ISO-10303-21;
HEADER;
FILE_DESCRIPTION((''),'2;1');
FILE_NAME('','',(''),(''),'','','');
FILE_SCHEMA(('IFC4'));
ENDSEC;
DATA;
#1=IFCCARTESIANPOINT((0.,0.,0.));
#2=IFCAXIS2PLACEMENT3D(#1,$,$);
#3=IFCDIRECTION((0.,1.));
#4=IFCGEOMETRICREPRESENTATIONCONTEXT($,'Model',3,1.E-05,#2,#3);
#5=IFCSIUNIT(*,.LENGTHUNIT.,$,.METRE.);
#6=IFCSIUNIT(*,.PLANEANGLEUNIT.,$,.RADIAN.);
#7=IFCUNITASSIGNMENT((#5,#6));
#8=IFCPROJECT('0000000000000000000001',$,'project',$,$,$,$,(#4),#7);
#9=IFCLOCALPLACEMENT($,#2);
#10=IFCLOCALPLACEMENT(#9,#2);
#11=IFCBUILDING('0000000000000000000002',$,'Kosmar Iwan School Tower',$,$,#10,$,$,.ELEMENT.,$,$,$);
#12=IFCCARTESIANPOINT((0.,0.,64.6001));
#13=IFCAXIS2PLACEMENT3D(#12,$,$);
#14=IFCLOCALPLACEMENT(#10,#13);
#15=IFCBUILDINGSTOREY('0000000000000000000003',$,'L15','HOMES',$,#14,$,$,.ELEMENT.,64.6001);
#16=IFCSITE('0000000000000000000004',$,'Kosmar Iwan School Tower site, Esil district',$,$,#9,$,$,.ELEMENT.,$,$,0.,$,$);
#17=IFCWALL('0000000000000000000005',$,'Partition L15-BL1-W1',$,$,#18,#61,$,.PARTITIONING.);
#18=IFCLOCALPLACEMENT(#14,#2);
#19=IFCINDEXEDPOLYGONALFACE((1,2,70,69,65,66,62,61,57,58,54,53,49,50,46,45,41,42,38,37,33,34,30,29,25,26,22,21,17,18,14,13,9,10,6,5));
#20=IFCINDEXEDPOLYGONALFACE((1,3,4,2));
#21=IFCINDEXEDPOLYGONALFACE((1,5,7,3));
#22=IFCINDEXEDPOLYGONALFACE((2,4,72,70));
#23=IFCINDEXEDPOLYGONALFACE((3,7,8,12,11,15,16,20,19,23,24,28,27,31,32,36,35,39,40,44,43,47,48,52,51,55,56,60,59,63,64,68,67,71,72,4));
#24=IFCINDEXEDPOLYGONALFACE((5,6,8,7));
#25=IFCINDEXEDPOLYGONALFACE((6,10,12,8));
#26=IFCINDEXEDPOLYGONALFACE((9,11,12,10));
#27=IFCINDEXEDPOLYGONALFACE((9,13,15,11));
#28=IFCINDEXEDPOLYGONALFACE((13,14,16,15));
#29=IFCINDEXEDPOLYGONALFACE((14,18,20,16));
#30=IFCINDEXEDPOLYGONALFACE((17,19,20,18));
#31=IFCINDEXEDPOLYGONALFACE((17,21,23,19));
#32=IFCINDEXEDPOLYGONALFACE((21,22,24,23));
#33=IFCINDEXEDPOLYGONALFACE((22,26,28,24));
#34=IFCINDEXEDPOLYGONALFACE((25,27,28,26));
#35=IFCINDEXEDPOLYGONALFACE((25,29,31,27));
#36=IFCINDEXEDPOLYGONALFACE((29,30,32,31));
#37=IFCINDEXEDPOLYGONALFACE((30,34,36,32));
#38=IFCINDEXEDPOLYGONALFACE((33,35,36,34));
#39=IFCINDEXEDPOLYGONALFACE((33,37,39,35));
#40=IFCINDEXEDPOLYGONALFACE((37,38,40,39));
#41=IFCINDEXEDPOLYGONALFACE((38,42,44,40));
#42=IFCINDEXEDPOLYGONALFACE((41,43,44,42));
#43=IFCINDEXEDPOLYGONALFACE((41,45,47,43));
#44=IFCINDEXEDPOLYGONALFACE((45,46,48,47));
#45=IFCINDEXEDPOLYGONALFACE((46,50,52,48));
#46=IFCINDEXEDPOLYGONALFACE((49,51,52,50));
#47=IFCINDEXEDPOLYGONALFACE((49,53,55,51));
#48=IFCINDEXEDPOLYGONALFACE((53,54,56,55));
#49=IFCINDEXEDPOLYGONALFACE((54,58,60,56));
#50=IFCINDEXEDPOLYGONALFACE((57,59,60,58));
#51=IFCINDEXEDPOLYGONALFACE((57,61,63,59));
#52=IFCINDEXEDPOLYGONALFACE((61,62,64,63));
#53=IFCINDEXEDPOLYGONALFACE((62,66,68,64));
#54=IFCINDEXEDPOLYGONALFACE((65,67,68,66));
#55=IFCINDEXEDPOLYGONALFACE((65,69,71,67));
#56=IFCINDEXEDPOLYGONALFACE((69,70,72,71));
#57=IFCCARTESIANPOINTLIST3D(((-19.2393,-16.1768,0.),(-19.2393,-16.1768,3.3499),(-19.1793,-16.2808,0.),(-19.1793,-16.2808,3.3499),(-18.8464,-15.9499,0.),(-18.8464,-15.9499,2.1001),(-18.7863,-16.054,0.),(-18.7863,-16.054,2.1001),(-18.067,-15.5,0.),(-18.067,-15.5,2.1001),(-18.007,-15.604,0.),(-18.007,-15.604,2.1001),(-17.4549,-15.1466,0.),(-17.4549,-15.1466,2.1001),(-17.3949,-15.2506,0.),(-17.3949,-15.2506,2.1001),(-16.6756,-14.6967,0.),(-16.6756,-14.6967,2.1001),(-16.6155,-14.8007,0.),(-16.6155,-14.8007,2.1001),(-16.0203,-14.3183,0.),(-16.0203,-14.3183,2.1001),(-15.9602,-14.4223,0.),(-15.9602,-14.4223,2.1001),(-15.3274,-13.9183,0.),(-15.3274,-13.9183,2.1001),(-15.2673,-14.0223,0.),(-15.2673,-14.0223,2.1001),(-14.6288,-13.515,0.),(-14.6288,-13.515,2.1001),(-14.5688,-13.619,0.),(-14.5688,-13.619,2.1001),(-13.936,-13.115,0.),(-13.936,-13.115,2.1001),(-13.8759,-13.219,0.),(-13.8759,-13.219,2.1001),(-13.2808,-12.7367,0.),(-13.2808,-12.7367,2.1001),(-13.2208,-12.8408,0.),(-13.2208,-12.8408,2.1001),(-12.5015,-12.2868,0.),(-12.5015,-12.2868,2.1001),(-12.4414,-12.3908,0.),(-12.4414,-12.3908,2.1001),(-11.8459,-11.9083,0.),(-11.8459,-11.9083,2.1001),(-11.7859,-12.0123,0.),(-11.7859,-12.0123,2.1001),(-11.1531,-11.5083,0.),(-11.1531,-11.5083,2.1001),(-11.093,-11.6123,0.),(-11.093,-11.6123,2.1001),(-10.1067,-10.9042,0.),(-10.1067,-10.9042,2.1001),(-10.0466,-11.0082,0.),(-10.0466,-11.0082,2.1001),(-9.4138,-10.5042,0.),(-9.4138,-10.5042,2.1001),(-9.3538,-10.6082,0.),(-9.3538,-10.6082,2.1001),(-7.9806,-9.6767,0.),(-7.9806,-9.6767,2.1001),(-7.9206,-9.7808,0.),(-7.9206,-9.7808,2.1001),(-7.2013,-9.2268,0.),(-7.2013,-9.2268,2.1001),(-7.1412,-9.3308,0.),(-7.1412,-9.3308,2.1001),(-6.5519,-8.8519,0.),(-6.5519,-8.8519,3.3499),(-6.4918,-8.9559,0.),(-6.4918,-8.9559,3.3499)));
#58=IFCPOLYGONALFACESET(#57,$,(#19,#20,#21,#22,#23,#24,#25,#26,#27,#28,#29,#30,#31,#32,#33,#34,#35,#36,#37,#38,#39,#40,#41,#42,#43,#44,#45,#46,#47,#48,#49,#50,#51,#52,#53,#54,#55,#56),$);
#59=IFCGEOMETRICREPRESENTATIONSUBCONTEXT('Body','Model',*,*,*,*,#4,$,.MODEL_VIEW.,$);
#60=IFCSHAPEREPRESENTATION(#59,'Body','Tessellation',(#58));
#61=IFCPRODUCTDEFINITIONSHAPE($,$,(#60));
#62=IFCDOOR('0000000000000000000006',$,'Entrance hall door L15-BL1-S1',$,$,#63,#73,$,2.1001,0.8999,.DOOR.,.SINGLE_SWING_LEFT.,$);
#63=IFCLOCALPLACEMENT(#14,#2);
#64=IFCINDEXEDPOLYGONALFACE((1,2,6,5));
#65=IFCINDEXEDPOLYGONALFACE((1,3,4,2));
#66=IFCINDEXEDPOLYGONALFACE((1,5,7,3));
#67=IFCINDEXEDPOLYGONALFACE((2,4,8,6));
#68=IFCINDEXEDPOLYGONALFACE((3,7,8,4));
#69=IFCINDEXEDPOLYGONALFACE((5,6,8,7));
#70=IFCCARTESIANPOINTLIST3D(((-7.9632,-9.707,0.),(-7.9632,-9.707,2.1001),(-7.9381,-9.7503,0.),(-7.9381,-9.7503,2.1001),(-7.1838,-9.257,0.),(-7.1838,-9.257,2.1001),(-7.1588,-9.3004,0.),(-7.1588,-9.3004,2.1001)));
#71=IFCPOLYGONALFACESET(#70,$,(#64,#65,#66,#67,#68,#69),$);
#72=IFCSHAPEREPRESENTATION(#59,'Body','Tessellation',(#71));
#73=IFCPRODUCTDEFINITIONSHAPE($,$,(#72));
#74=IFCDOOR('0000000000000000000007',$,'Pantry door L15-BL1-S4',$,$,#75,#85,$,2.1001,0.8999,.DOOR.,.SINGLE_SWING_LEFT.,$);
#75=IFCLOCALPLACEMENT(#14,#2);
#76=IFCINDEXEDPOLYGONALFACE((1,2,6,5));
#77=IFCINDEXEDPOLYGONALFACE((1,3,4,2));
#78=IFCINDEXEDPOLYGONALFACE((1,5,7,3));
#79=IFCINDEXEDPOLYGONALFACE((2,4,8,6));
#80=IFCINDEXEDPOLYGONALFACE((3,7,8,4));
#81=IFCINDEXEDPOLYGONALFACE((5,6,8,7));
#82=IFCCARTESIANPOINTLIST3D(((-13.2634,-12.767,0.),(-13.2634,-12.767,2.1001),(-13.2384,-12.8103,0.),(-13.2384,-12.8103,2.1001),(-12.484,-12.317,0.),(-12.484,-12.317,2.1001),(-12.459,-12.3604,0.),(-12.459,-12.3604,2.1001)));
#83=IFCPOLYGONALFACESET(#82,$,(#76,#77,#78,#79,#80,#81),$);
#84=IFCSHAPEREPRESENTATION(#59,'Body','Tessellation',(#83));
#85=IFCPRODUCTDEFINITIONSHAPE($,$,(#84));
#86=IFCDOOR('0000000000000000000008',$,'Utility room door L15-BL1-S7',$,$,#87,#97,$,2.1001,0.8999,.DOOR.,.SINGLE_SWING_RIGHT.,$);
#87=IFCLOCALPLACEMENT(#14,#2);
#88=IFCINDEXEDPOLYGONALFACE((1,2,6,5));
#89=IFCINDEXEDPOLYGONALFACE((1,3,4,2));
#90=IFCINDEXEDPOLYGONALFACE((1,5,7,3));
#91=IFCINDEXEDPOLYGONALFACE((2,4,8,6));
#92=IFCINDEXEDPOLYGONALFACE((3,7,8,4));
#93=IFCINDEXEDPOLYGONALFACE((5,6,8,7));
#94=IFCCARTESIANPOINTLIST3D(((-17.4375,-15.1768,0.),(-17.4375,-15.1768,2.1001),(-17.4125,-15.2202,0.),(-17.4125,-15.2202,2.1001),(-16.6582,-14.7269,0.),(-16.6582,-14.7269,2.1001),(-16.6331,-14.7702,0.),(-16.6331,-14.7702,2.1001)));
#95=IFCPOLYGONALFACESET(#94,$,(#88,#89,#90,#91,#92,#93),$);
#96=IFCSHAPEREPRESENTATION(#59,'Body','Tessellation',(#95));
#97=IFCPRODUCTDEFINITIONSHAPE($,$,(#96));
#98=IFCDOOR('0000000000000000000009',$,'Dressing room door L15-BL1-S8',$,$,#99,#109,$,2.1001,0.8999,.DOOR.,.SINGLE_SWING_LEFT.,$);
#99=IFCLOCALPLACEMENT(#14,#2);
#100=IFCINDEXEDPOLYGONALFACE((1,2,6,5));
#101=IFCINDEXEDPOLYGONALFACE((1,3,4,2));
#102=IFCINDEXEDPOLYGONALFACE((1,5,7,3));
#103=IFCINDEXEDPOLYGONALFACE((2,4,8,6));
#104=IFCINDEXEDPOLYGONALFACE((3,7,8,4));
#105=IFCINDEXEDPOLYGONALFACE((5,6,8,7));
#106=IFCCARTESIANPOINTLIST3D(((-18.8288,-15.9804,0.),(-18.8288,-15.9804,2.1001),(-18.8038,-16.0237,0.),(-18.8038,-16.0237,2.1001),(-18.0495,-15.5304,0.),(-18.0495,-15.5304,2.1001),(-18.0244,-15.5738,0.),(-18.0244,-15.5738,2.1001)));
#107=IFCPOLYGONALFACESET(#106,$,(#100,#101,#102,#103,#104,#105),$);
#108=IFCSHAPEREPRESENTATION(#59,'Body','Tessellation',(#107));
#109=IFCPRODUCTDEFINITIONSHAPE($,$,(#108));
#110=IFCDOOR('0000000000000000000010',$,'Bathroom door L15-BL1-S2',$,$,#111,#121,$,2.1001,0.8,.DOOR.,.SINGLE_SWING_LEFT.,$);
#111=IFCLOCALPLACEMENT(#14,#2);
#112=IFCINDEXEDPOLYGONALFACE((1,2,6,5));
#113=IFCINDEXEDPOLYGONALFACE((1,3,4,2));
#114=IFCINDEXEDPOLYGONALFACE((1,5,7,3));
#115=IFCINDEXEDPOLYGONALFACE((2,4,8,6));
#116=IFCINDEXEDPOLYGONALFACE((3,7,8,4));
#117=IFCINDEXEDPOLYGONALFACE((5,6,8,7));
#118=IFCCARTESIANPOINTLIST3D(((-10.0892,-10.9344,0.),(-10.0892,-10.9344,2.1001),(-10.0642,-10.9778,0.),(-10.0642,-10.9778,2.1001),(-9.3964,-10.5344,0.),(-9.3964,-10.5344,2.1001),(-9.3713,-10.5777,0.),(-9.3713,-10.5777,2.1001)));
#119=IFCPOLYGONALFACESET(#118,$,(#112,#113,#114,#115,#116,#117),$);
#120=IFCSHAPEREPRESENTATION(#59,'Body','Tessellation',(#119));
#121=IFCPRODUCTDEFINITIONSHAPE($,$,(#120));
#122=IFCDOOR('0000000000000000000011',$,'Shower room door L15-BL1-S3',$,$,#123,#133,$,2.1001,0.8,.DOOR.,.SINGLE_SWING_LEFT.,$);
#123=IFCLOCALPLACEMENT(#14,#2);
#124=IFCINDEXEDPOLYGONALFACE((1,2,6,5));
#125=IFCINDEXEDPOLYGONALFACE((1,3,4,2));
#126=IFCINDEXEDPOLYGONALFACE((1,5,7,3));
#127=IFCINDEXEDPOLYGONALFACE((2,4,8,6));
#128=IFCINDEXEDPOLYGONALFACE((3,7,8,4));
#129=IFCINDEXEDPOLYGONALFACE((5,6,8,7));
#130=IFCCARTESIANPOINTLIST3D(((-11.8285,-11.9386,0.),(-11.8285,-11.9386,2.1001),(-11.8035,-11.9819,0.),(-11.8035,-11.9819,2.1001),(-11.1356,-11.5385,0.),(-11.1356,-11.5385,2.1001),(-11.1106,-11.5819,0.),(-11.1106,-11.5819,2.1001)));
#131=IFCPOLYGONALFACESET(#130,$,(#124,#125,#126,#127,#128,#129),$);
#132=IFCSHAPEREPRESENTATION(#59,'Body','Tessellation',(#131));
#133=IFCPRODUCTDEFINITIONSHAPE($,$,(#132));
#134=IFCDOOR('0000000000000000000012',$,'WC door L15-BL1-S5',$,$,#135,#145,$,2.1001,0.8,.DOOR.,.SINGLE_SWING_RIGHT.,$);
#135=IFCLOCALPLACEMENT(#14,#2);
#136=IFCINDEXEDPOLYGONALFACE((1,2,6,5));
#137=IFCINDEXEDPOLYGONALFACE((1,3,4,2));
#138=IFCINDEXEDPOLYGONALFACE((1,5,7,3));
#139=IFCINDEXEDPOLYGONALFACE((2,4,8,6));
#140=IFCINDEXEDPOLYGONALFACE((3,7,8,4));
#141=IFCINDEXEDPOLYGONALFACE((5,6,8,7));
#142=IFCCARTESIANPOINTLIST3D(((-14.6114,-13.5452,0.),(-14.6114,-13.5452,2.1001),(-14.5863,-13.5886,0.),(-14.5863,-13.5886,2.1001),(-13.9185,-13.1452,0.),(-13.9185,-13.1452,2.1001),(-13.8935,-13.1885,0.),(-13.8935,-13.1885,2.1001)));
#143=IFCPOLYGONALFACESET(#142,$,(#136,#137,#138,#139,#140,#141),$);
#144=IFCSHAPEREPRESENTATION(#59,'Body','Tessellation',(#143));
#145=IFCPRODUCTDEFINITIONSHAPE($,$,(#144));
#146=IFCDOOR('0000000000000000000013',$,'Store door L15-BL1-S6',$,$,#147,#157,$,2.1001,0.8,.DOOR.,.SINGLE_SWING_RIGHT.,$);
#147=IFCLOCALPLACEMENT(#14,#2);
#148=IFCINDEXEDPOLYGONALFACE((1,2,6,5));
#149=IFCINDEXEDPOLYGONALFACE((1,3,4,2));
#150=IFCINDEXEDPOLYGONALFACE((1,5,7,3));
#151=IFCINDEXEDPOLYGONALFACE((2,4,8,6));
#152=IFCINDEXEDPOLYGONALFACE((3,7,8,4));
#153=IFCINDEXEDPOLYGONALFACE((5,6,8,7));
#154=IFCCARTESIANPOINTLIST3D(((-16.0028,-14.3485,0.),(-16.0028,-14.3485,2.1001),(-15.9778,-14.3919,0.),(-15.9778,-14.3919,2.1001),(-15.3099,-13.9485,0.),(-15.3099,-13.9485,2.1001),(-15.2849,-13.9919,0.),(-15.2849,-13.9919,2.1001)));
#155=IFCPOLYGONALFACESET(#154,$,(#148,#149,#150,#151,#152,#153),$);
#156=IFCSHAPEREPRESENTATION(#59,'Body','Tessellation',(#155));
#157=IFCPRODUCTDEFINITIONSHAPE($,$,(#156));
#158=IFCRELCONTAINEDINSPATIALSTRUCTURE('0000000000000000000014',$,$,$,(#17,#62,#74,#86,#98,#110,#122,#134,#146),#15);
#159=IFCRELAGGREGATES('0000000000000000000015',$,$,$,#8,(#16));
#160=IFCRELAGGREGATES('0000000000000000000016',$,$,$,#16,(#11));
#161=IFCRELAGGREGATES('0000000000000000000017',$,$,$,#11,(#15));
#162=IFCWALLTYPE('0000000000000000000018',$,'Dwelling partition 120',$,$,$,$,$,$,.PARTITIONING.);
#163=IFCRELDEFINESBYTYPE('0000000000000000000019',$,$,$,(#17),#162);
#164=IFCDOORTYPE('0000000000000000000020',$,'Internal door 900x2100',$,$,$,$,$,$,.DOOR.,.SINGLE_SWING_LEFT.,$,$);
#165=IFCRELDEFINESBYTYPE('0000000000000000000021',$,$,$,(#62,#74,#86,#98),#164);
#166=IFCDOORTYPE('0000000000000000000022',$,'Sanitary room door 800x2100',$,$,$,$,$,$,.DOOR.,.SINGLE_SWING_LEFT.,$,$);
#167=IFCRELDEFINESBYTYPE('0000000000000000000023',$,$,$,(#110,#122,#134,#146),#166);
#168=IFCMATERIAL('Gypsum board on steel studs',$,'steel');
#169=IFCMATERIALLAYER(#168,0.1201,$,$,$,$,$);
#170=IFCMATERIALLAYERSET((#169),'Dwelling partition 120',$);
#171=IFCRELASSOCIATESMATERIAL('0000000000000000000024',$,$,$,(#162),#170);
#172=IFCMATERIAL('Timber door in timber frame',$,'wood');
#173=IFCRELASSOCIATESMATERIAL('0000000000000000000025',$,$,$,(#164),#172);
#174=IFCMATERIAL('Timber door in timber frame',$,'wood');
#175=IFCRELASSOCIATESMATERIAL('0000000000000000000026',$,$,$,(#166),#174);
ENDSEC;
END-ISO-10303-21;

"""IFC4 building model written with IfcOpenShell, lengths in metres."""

from ifc_helpers import new_model, si_unit, direction, frame, frame_2d, origin, place, context, subcontext, project, spatial, rectangle, extrude, material, layer, layer_set, type_object, element, fill, save


model = new_model("IFC4")

# Units and contexts
model_context = context("Model", 3, precision=1e-05, world=origin(), true_north=direction((0.0, 1.0)))
body_context = subcontext(model_context, "Body", "Model", "MODEL_VIEW")
ifc_project = project(units=[si_unit("LENGTHUNIT", "METRE"), si_unit("PLANEANGLEUNIT", "RADIAN")], contexts=[model_context])

# Site, building, storey
site_placement = place(None, origin())
site = spatial("IfcSite", under=ifc_project, at=site_placement, Name="Kosmar Iwan School Tower site, Esil district", CompositionType="ELEMENT", RefElevation=0.0)
building_placement = place(site_placement, origin())
building = spatial("IfcBuilding", under=site, at=building_placement, Name="Kosmar Iwan School Tower", CompositionType="ELEMENT")
storey_placement = place(building_placement, frame((0.0, 0.0, 64.6001)))
storey = spatial("IfcBuildingStorey", under=building, at=storey_placement, Name="L15", Description="HOMES", CompositionType="ELEMENT", Elevation=64.6001)

# Wall, openings, doors
ifc_material_1 = material(Name="Gypsum board on steel studs", Category="steel")
ifc_layer_1 = layer(ifc_material_1, 0.1201)
ifc_layer_set_1 = layer_set([ifc_layer_1], Name="Dwelling partition 120")
wall_type_1 = type_object("IfcWallType", Name="Dwelling partition 120", PredefinedType="PARTITIONING", material=ifc_layer_set_1)
wall_1_placement = place(storey_placement, frame((-6.5217, -8.9038, 0.0), z_axis=(0.0, 0.0, 1.0), x_axis=(-0.866031, -0.499991, 0.0)))
wall_1 = element("IfcWall", 1, at=wall_1_placement, inside=storey, type_object=wall_type_1, Name="Partition L15-BL1-W1", PredefinedType="PARTITIONING", context=body_context, shape_type="SweptSolid", body=[
    extrude(rectangle(XDim=14.6501, YDim=0.1201, at=frame_2d((7.3252, 0.0))), origin(), (0.0, 0.0, 1.0), 3.3499),
])
opening_1_placement = place(wall_1_placement, frame((0.75, 0.0, 0.0)))
opening_1 = element("IfcOpeningElement", 2, at=opening_1_placement, cuts=wall_1, PredefinedType="OPENING", context=body_context, shape_type="SweptSolid", body=[
    extrude(rectangle(XDim=0.8999, YDim=2.1001, at=frame_2d((0.45, 1.05))), frame((0.0, 0.072, 0.0), z_axis=(0.0, -1.0, 0.0), x_axis=(1.0, 0.0, 0.0)), (0.0, 0.0, 1.0), 0.144),
])
opening_2_placement = place(wall_1_placement, frame((3.3049, 0.0, 0.0)))
opening_2 = element("IfcOpeningElement", 3, at=opening_2_placement, cuts=wall_1, PredefinedType="OPENING", context=body_context, shape_type="SweptSolid", body=[
    extrude(rectangle(XDim=0.8, YDim=2.1001, at=frame_2d((0.3999, 1.05))), frame((0.0, 0.072, 0.0), z_axis=(0.0, -1.0, 0.0), x_axis=(1.0, 0.0, 0.0)), (0.0, 0.0, 1.0), 0.144),
])
opening_3_placement = place(wall_1_placement, frame((5.3132, 0.0, 0.0)))
opening_3 = element("IfcOpeningElement", 4, at=opening_3_placement, cuts=wall_1, PredefinedType="OPENING", context=body_context, shape_type="SweptSolid", body=[
    extrude(rectangle(XDim=0.8, YDim=2.1001, at=frame_2d((0.3999, 1.05))), frame((0.0, 0.072, 0.0), z_axis=(0.0, -1.0, 0.0), x_axis=(1.0, 0.0, 0.0)), (0.0, 0.0, 1.0), 0.144),
])
opening_4_placement = place(wall_1_placement, frame((6.8701, 0.0, 0.0)))
opening_4 = element("IfcOpeningElement", 5, at=opening_4_placement, cuts=wall_1, PredefinedType="OPENING", context=body_context, shape_type="SweptSolid", body=[
    extrude(rectangle(XDim=0.8999, YDim=2.1001, at=frame_2d((0.45, 1.05))), frame((0.0, 0.072, 0.0), z_axis=(0.0, -1.0, 0.0), x_axis=(1.0, 0.0, 0.0)), (0.0, 0.0, 1.0), 0.144),
])
opening_5_placement = place(wall_1_placement, frame((8.5266, 0.0, 0.0)))
opening_5 = element("IfcOpeningElement", 6, at=opening_5_placement, cuts=wall_1, PredefinedType="OPENING", context=body_context, shape_type="SweptSolid", body=[
    extrude(rectangle(XDim=0.8, YDim=2.1001, at=frame_2d((0.3999, 1.05))), frame((0.0, 0.072, 0.0), z_axis=(0.0, -1.0, 0.0), x_axis=(1.0, 0.0, 0.0)), (0.0, 0.0, 1.0), 0.144),
])
opening_6_placement = place(wall_1_placement, frame((10.1333, 0.0, 0.0)))
opening_6 = element("IfcOpeningElement", 7, at=opening_6_placement, cuts=wall_1, PredefinedType="OPENING", context=body_context, shape_type="SweptSolid", body=[
    extrude(rectangle(XDim=0.8, YDim=2.1001, at=frame_2d((0.3999, 1.05))), frame((0.0, 0.072, 0.0), z_axis=(0.0, -1.0, 0.0), x_axis=(1.0, 0.0, 0.0)), (0.0, 0.0, 1.0), 0.144),
])
opening_7_placement = place(wall_1_placement, frame((11.6899, 0.0, 0.0)))
opening_7 = element("IfcOpeningElement", 8, at=opening_7_placement, cuts=wall_1, PredefinedType="OPENING", context=body_context, shape_type="SweptSolid", body=[
    extrude(rectangle(XDim=0.8999, YDim=2.1001, at=frame_2d((0.45, 1.05))), frame((0.0, 0.072, 0.0), z_axis=(0.0, -1.0, 0.0), x_axis=(1.0, 0.0, 0.0)), (0.0, 0.0, 1.0), 0.144),
])
opening_8_placement = place(wall_1_placement, frame((13.2966, 0.0, 0.0)))
opening_8 = element("IfcOpeningElement", 9, at=opening_8_placement, cuts=wall_1, PredefinedType="OPENING", context=body_context, shape_type="SweptSolid", body=[
    extrude(rectangle(XDim=0.8999, YDim=2.1001, at=frame_2d((0.45, 1.05))), frame((0.0, 0.072, 0.0), z_axis=(0.0, -1.0, 0.0), x_axis=(1.0, 0.0, 0.0)), (0.0, 0.0, 1.0), 0.144),
])
ifc_material_2 = material(Name="Timber door in timber frame", Category="wood")
door_type_1 = type_object("IfcDoorType", Name="Internal door 900x2100", OperationType="SINGLE_SWING_LEFT", PredefinedType="DOOR", material=ifc_material_2)
door_1_placement = place(opening_1_placement, origin())
door_1 = element("IfcDoor", 10, at=door_1_placement, inside=storey, type_object=door_type_1, Name="Entrance hall door L15-BL1-S1", OperationType="SINGLE_SWING_LEFT", OverallHeight=2.1001, OverallWidth=0.8999, PredefinedType="DOOR", context=body_context, shape_type="SweptSolid", body=[
    extrude(rectangle(XDim=0.8999, YDim=2.1001, at=frame_2d((0.45, 1.05))), frame((0.0, 0.0249, 0.0), z_axis=(0.0, -1.0, 0.0), x_axis=(1.0, 0.0, 0.0)), (0.0, 0.0, 1.0), 0.05),
])
fill(opening_1, door_1)
door_2_placement = place(opening_4_placement, origin())
door_2 = element("IfcDoor", 11, at=door_2_placement, inside=storey, type_object=door_type_1, Name="Pantry door L15-BL1-S4", OperationType="SINGLE_SWING_LEFT", OverallHeight=2.1001, OverallWidth=0.8999, PredefinedType="DOOR", context=body_context, shape_type="SweptSolid", body=[
    extrude(rectangle(XDim=0.8999, YDim=2.1001, at=frame_2d((0.45, 1.05))), frame((0.0, 0.0249, 0.0), z_axis=(0.0, -1.0, 0.0), x_axis=(1.0, 0.0, 0.0)), (0.0, 0.0, 1.0), 0.05),
])
fill(opening_4, door_2)
door_3_placement = place(opening_7_placement, origin())
door_3 = element("IfcDoor", 12, at=door_3_placement, inside=storey, type_object=door_type_1, Name="Utility room door L15-BL1-S7", OperationType="SINGLE_SWING_RIGHT", OverallHeight=2.1001, OverallWidth=0.8999, PredefinedType="DOOR", context=body_context, shape_type="SweptSolid", body=[
    extrude(rectangle(XDim=0.8999, YDim=2.1001, at=frame_2d((0.45, 1.05))), frame((0.0, 0.0249, 0.0), z_axis=(0.0, -1.0, 0.0), x_axis=(1.0, 0.0, 0.0)), (0.0, 0.0, 1.0), 0.05),
])
fill(opening_7, door_3)
door_4_placement = place(opening_8_placement, frame((0.8999, 0.0, 0.0), z_axis=(0.0, 0.0, 1.0), x_axis=(-1.0, 0.0, 0.0)))
door_4 = element("IfcDoor", 13, at=door_4_placement, inside=storey, type_object=door_type_1, Name="Dressing room door L15-BL1-S8", OperationType="SINGLE_SWING_LEFT", OverallHeight=2.1001, OverallWidth=0.8999, PredefinedType="DOOR", context=body_context, shape_type="SweptSolid", body=[
    extrude(rectangle(XDim=0.8999, YDim=2.1001, at=frame_2d((0.45, 1.05))), frame((0.0, 0.0249, 0.0), z_axis=(0.0, -1.0, 0.0), x_axis=(1.0, 0.0, 0.0)), (0.0, 0.0, 1.0), 0.05),
])
fill(opening_8, door_4)
ifc_material_3 = material(Name="Timber door in timber frame", Category="wood")
door_type_2 = type_object("IfcDoorType", Name="Sanitary room door 800x2100", OperationType="SINGLE_SWING_LEFT", PredefinedType="DOOR", material=ifc_material_3)
door_5_placement = place(opening_2_placement, origin())
door_5 = element("IfcDoor", 14, at=door_5_placement, inside=storey, type_object=door_type_2, Name="Bathroom door L15-BL1-S2", OperationType="SINGLE_SWING_LEFT", OverallHeight=2.1001, OverallWidth=0.8, PredefinedType="DOOR", context=body_context, shape_type="SweptSolid", body=[
    extrude(rectangle(XDim=0.8, YDim=2.1001, at=frame_2d((0.3999, 1.05))), frame((0.0, 0.0249, 0.0), z_axis=(0.0, -1.0, 0.0), x_axis=(1.0, 0.0, 0.0)), (0.0, 0.0, 1.0), 0.05),
])
fill(opening_2, door_5)
door_6_placement = place(opening_3_placement, origin())
door_6 = element("IfcDoor", 15, at=door_6_placement, inside=storey, type_object=door_type_2, Name="Shower room door L15-BL1-S3", OperationType="SINGLE_SWING_LEFT", OverallHeight=2.1001, OverallWidth=0.8, PredefinedType="DOOR", context=body_context, shape_type="SweptSolid", body=[
    extrude(rectangle(XDim=0.8, YDim=2.1001, at=frame_2d((0.3999, 1.05))), frame((0.0, 0.0249, 0.0), z_axis=(0.0, -1.0, 0.0), x_axis=(1.0, 0.0, 0.0)), (0.0, 0.0, 1.0), 0.05),
])
fill(opening_3, door_6)
door_7_placement = place(opening_5_placement, origin())
door_7 = element("IfcDoor", 16, at=door_7_placement, inside=storey, type_object=door_type_2, Name="WC door L15-BL1-S5", OperationType="SINGLE_SWING_RIGHT", OverallHeight=2.1001, OverallWidth=0.8, PredefinedType="DOOR", context=body_context, shape_type="SweptSolid", body=[
    extrude(rectangle(XDim=0.8, YDim=2.1001, at=frame_2d((0.3999, 1.05))), frame((0.0, 0.0249, 0.0), z_axis=(0.0, -1.0, 0.0), x_axis=(1.0, 0.0, 0.0)), (0.0, 0.0, 1.0), 0.05),
])
fill(opening_5, door_7)
door_8_placement = place(opening_6_placement, origin())
door_8 = element("IfcDoor", 17, at=door_8_placement, inside=storey, type_object=door_type_2, Name="Store door L15-BL1-S6", OperationType="SINGLE_SWING_RIGHT", OverallHeight=2.1001, OverallWidth=0.8, PredefinedType="DOOR", context=body_context, shape_type="SweptSolid", body=[
    extrude(rectangle(XDim=0.8, YDim=2.1001, at=frame_2d((0.3999, 1.05))), frame((0.0, 0.0249, 0.0), z_axis=(0.0, -1.0, 0.0), x_axis=(1.0, 0.0, 0.0)), (0.0, 0.0, 1.0), 0.05),
])
fill(opening_6, door_8)

save(model, "model.ifc")
